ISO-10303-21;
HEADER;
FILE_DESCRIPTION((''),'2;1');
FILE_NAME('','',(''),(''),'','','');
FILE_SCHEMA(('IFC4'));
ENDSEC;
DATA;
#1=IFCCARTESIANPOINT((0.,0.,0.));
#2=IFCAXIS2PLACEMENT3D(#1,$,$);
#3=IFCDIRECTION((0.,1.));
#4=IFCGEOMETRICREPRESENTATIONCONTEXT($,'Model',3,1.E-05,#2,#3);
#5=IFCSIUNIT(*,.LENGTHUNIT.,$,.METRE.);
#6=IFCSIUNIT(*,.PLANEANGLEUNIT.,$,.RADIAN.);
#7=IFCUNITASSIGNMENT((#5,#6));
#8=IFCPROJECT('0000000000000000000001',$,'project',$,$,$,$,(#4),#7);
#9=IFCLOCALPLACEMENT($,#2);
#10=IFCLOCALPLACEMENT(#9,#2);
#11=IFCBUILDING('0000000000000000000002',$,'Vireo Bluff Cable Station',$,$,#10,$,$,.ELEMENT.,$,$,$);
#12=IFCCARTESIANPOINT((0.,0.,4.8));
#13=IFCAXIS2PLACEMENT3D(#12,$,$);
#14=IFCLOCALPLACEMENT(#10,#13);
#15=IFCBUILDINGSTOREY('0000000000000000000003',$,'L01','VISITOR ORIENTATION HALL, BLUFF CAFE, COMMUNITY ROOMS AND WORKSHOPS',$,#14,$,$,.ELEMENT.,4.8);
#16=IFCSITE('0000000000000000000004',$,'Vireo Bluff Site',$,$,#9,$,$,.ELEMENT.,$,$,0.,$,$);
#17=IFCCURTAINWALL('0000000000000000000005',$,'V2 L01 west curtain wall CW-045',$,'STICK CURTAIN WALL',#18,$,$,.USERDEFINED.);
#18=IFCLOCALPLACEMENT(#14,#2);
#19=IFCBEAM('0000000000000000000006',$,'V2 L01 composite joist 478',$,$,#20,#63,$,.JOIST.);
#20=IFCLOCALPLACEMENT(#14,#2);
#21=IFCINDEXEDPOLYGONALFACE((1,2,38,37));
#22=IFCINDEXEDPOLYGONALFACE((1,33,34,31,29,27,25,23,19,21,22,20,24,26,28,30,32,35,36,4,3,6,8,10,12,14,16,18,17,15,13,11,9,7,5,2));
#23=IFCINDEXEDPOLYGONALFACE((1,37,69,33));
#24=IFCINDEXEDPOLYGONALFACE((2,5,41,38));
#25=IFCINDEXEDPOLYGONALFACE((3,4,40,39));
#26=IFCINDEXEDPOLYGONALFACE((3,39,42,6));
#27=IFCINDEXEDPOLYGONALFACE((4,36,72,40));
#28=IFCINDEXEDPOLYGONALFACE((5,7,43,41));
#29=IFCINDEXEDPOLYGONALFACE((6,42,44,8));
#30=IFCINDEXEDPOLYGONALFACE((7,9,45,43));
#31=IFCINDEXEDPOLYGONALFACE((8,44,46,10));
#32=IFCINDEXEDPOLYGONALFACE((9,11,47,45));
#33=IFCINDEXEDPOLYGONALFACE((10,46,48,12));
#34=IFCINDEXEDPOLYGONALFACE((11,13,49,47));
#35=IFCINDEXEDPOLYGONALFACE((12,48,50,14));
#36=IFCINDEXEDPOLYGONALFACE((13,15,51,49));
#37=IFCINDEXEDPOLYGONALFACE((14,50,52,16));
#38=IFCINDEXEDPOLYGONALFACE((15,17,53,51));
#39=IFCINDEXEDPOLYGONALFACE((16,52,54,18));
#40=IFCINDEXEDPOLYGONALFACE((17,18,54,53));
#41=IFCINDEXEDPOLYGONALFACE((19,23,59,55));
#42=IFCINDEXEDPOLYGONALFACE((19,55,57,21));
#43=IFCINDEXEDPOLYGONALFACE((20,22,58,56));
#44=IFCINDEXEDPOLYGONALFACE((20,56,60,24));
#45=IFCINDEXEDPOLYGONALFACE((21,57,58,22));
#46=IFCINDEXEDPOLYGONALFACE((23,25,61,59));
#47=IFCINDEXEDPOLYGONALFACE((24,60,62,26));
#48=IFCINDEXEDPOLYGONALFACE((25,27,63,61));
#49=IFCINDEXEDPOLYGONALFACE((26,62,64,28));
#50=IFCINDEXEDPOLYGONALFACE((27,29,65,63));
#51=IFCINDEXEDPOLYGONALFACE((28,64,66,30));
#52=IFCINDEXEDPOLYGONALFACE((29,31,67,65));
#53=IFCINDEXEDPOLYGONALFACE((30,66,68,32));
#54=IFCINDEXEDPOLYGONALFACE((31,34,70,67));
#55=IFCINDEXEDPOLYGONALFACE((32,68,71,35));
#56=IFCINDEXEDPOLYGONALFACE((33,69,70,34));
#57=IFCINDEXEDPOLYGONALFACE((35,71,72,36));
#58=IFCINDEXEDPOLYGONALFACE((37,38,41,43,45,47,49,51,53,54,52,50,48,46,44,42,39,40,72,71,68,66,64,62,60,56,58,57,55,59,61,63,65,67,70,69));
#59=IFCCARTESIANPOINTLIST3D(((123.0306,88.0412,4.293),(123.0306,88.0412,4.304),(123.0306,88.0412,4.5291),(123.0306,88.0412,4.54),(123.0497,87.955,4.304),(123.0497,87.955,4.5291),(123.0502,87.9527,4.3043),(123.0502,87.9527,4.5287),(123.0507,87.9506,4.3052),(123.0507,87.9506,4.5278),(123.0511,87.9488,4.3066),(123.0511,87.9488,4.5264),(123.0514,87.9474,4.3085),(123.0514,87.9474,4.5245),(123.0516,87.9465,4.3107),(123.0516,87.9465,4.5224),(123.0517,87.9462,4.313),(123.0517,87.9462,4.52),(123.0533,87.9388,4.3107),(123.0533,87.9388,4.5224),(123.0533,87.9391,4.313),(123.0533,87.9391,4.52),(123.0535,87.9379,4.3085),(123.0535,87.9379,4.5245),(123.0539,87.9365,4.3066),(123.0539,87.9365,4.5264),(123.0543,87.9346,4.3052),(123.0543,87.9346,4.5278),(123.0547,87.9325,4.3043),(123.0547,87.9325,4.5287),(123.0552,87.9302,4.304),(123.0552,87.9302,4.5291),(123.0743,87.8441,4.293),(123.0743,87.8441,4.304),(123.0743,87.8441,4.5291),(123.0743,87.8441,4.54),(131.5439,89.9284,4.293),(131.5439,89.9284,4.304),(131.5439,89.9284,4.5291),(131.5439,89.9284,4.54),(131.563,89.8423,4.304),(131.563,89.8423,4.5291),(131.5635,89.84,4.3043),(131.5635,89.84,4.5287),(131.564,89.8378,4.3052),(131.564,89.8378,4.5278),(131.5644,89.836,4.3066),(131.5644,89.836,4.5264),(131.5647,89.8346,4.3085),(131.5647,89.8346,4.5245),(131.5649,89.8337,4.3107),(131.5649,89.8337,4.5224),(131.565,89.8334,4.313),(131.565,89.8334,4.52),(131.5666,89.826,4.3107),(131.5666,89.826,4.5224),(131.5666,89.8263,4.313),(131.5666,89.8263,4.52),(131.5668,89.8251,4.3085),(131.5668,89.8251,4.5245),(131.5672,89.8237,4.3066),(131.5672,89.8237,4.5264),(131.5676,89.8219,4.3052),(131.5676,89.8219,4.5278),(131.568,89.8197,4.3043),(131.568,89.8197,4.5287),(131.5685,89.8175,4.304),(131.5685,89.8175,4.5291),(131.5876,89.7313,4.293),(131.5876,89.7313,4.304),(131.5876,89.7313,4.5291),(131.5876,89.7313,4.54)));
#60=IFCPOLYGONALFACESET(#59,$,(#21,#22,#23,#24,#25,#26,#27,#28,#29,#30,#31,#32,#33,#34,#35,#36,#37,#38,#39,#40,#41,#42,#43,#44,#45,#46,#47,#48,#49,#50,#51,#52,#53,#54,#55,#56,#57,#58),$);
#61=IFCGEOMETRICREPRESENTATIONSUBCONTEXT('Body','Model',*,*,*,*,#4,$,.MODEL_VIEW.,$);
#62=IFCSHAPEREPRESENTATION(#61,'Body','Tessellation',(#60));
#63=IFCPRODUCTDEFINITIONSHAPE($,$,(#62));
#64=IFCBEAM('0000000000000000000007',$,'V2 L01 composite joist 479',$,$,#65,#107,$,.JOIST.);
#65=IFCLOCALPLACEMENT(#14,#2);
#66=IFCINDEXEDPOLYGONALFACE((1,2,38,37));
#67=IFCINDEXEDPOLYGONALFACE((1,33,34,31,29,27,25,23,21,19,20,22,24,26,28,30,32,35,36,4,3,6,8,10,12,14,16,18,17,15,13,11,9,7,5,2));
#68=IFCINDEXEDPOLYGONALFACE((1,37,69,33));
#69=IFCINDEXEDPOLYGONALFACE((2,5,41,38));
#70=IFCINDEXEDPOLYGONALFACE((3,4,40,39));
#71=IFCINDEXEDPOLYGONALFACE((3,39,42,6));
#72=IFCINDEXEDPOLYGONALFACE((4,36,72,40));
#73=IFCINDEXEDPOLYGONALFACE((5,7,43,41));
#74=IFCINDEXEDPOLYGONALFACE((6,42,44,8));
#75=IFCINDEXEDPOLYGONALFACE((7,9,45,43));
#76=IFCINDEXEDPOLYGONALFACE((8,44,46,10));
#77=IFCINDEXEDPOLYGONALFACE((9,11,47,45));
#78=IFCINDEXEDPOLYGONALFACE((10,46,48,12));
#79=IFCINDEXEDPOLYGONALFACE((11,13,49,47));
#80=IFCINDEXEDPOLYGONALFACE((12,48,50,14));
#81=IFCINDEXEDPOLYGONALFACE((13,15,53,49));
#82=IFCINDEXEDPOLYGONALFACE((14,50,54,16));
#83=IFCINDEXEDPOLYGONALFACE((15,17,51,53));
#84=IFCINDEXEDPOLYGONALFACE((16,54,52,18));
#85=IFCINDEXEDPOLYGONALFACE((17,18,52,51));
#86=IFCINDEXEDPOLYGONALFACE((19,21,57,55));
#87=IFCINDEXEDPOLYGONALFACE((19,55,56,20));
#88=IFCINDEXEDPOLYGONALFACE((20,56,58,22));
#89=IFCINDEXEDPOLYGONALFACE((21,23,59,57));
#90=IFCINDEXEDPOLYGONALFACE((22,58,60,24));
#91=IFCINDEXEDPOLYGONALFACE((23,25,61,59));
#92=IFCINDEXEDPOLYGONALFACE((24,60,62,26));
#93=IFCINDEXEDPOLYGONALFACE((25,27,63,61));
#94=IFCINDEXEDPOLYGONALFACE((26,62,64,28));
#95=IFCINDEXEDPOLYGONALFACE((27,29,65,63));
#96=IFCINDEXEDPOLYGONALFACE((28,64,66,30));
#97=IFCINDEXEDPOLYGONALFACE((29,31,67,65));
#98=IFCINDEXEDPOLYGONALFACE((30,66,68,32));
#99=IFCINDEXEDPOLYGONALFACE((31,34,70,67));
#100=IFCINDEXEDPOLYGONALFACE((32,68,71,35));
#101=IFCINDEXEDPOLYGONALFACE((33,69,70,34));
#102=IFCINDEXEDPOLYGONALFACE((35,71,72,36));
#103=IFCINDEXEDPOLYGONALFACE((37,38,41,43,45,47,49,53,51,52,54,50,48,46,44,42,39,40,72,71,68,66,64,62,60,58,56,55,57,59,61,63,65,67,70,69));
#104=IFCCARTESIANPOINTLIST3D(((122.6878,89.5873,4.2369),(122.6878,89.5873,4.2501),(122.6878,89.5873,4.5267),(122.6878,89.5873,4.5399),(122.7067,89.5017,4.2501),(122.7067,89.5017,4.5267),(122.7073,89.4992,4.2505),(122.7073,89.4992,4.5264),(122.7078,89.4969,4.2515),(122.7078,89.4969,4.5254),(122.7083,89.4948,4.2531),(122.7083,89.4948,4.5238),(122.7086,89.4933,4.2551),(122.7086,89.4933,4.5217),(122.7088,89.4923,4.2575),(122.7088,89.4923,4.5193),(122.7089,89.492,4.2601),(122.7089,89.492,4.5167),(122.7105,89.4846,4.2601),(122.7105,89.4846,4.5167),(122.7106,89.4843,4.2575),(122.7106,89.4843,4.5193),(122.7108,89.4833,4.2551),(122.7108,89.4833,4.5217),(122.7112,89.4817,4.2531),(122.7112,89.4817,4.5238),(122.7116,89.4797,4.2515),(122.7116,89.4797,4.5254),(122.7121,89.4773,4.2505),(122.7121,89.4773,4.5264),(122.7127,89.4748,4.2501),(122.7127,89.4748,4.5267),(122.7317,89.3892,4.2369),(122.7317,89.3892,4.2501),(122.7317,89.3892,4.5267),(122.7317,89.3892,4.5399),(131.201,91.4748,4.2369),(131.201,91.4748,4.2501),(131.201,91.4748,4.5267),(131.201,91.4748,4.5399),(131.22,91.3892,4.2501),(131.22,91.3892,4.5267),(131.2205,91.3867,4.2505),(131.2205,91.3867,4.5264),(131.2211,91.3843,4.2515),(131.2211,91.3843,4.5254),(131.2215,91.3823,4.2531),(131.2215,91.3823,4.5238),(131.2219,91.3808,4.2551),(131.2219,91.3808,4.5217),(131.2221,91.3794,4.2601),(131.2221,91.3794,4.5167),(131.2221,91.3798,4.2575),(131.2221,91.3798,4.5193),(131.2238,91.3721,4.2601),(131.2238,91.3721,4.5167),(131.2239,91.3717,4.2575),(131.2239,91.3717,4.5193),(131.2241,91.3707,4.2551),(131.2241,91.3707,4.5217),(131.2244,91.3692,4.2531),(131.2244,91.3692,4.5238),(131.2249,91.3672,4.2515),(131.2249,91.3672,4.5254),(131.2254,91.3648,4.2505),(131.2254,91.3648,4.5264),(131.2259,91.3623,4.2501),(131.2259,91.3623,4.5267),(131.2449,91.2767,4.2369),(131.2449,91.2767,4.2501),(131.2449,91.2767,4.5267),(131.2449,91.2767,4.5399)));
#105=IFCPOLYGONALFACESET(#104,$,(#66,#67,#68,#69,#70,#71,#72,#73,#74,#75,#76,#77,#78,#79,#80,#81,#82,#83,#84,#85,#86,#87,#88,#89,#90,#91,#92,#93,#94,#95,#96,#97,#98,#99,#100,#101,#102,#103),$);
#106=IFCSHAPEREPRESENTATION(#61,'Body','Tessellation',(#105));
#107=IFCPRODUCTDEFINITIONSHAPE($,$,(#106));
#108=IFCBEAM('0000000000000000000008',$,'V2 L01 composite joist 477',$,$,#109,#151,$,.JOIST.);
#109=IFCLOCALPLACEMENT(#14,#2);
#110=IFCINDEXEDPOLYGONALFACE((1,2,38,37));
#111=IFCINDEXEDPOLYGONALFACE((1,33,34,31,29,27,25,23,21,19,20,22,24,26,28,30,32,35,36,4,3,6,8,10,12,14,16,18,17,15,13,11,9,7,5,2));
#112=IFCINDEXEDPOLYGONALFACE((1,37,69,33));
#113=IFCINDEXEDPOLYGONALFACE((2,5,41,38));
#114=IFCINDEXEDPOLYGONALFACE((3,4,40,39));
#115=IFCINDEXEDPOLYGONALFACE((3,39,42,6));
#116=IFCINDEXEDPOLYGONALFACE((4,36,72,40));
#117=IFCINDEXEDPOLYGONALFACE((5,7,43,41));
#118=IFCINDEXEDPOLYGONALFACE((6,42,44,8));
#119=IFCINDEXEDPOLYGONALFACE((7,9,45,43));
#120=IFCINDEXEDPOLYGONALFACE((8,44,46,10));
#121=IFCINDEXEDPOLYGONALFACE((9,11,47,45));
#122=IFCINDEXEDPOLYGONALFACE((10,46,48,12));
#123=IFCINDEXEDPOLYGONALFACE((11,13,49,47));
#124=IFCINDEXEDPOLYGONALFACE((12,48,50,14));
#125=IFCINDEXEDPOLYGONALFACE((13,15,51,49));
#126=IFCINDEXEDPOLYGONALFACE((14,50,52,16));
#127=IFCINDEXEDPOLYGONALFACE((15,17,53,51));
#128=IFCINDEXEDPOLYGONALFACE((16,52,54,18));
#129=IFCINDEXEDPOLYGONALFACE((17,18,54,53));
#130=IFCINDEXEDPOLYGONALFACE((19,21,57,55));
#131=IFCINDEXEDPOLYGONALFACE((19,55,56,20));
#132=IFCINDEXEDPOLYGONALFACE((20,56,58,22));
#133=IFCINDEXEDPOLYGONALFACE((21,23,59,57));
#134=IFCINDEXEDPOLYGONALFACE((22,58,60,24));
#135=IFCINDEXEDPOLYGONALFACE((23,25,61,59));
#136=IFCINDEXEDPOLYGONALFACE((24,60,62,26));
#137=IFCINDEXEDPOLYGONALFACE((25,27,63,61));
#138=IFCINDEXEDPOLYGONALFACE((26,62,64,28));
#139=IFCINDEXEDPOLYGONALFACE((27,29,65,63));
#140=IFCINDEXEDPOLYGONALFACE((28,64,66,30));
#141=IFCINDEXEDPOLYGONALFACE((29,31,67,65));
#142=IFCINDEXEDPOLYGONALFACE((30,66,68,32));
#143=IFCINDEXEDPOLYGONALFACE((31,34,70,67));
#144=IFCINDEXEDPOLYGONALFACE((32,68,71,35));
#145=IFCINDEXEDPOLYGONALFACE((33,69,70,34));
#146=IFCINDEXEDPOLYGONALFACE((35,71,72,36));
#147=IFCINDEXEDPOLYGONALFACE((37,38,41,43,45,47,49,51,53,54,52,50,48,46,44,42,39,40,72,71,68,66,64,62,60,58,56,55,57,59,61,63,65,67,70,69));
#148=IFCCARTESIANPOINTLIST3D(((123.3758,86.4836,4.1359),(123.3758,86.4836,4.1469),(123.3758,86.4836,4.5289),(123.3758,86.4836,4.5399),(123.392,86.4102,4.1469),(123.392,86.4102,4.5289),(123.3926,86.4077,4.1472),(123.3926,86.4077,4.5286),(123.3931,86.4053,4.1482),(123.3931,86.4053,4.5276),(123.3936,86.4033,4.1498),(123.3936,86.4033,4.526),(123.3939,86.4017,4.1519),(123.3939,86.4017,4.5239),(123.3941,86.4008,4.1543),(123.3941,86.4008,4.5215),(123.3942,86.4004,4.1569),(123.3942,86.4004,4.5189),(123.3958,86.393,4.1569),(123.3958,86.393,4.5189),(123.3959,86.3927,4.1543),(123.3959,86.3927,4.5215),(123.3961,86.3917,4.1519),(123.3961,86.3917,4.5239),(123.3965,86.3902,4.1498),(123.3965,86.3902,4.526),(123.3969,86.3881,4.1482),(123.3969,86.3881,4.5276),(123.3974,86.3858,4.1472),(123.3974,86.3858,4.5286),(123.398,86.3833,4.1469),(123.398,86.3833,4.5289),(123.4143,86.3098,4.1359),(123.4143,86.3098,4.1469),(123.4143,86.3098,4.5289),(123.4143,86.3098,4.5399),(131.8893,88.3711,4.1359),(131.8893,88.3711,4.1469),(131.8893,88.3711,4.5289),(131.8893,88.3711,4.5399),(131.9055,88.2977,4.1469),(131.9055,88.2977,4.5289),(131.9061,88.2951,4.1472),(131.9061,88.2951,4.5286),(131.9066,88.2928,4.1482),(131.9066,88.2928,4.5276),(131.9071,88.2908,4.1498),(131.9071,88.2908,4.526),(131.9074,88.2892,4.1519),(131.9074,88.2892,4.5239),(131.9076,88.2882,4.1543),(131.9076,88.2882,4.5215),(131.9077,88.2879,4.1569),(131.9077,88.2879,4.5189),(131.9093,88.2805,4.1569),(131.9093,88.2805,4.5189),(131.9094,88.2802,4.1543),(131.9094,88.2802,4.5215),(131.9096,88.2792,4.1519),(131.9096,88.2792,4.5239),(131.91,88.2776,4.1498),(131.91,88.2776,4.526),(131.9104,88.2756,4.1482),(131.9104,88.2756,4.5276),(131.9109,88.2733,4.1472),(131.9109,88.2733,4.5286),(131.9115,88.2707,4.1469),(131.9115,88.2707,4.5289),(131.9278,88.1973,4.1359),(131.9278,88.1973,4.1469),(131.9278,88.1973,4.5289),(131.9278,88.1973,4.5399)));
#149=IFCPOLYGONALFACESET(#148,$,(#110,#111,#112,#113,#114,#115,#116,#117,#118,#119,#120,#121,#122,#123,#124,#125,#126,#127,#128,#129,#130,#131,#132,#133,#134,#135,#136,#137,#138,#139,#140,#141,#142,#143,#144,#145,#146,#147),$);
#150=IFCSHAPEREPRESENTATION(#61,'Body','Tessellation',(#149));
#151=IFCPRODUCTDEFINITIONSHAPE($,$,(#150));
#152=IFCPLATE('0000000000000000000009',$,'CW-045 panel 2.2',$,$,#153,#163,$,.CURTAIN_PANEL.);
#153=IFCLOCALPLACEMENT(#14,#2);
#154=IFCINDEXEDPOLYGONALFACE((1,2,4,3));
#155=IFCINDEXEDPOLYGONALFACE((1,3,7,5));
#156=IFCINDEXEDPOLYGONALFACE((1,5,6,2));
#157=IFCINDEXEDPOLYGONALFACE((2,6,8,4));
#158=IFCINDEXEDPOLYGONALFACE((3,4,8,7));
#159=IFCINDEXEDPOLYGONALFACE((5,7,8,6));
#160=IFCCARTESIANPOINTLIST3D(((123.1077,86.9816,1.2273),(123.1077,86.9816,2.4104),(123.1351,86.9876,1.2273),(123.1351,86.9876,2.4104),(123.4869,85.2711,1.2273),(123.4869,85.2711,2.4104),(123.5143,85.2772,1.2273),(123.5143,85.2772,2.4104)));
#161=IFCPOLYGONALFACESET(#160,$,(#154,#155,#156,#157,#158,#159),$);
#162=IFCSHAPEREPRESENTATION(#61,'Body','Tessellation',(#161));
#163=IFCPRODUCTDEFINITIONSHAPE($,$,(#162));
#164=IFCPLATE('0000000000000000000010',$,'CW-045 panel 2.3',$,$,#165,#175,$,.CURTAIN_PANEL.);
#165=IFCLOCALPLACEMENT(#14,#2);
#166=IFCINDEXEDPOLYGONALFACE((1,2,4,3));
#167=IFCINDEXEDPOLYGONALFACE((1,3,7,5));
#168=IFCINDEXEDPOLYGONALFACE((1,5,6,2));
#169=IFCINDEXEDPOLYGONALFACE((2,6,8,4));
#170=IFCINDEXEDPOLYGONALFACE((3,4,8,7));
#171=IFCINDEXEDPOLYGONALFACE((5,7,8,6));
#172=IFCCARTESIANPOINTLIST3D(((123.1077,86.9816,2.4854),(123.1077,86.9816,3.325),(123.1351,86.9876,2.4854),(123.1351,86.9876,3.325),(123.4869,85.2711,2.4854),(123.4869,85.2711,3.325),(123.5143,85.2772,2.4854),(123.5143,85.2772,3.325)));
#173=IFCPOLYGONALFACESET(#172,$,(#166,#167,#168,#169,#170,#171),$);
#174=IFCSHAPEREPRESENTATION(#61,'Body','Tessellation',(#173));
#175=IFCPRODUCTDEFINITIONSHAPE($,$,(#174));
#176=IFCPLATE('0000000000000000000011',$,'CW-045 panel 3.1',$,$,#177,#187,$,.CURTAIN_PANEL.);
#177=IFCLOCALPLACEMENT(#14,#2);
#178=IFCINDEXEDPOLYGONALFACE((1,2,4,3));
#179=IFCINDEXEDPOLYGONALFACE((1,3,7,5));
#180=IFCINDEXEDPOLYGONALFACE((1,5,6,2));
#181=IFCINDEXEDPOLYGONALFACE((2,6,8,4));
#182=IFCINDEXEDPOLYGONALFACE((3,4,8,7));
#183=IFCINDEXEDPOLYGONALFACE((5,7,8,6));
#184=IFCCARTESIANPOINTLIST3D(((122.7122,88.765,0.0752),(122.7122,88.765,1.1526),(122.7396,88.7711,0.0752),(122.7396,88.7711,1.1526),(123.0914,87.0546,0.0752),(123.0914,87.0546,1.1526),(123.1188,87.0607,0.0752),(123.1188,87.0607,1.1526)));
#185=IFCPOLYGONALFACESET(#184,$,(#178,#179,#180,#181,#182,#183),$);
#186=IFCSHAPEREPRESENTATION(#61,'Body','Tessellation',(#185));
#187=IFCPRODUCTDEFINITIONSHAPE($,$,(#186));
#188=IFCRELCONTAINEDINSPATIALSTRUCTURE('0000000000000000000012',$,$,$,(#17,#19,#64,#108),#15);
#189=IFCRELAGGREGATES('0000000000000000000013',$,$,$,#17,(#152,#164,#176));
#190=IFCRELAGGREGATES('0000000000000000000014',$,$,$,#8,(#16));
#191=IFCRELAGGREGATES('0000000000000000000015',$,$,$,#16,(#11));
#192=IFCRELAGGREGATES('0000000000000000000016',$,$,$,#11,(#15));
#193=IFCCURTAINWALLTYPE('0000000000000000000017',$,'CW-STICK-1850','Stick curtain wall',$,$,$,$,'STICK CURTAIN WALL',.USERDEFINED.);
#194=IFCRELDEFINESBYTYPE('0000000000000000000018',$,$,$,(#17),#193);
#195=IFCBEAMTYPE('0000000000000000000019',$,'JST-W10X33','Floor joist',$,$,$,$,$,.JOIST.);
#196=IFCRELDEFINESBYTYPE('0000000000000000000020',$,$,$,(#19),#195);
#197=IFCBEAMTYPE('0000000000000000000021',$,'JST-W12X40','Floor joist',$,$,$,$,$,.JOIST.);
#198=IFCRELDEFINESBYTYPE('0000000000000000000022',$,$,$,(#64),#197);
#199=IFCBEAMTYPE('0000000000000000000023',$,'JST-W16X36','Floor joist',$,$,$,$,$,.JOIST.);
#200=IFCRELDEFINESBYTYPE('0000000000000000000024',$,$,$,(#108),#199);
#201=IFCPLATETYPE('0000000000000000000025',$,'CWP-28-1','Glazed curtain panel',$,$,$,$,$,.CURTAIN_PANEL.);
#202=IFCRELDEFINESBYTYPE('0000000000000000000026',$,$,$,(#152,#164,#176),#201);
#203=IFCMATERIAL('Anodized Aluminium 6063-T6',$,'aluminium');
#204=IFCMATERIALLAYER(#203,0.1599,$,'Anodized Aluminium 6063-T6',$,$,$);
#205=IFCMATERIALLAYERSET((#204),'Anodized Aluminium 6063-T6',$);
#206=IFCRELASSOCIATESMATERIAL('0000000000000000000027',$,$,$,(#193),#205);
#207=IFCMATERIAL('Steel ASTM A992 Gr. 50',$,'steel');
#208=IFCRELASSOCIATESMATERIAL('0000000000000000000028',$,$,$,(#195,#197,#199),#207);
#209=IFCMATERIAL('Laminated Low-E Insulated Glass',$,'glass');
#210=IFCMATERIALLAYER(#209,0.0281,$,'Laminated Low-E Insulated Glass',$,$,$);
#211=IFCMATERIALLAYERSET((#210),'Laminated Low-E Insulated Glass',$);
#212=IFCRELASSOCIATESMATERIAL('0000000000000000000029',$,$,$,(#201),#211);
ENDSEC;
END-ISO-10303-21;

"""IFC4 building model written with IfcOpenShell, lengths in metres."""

from ifc_helpers import new_model, si_unit, direction, frame, origin, origin_2d, place, context, subcontext, project, spatial, rectangle, i_section, extrude, material, layer, layer_set, material_profile, profile_set, type_object, element, aggregate, save


model = new_model("IFC4")

# Units and contexts
model_context = context("Model", 3, precision=1e-05, world=origin(), true_north=direction((0.0, 1.0)))
body_context = subcontext(model_context, "Body", "Model", "MODEL_VIEW")
ifc_project = project(units=[si_unit("LENGTHUNIT", "METRE"), si_unit("PLANEANGLEUNIT", "RADIAN")], contexts=[model_context])

# Site, building, storey
site_placement = place(None, origin())
site = spatial("IfcSite", under=ifc_project, at=site_placement, Name="Vireo Bluff Site", CompositionType="ELEMENT", RefElevation=0.0)
building_placement = place(site_placement, origin())
building = spatial("IfcBuilding", under=site, at=building_placement, Name="Vireo Bluff Cable Station", CompositionType="ELEMENT")
storey_placement = place(building_placement, frame((0.0, 0.0, 4.8)))
storey = spatial("IfcBuildingStorey", under=building, at=storey_placement, Name="L01", Description="VISITOR ORIENTATION HALL, BLUFF CAFE, COMMUNITY ROOMS AND WORKSHOPS", CompositionType="ELEMENT", Elevation=4.8)

# Curtain wall
ifc_material_1 = material(Name="Anodized Aluminium 6063-T6", Category="aluminium")
ifc_layer_1 = layer(ifc_material_1, 0.1599, Name="Anodized Aluminium 6063-T6")
ifc_layer_set_1 = layer_set([ifc_layer_1], Name="Anodized Aluminium 6063-T6")
curtain_wall_type = type_object("IfcCurtainWallType", Name="CW-STICK-1850", Description="Stick curtain wall", ElementType="STICK CURTAIN WALL", PredefinedType="USERDEFINED", material=ifc_layer_set_1)
curtain_wall_placement = place(storey_placement, origin())
curtain_wall = element("IfcCurtainWall", 1, at=curtain_wall_placement, inside=storey, type_object=curtain_wall_type, Name="V2 L01 west curtain wall CW-045", ObjectType="STICK CURTAIN WALL", PredefinedType="USERDEFINED")

# Beams
ifc_material_2 = material(Name="Steel ASTM A992 Gr. 50", Category="steel")
ifc_material_profile_1 = material_profile(ifc_material_2, i_section(OverallWidth=0.2019, OverallDepth=0.2471, WebThickness=0.0073, FlangeThickness=0.011, FilletRadius=0.009, at=origin_2d()), Name="W10X33")
ifc_profile_set_1 = profile_set([ifc_material_profile_1], Name="Steel ASTM A992 Gr. 50")
beam_type_1 = type_object("IfcBeamType", Name="JST-W10X33", Description="Floor joist", PredefinedType="JOIST", material=ifc_profile_set_1)
beam_1_placement = place(storey_placement, frame((123.0525, 87.9426, 4.4165), z_axis=(0.976299, 0.216426, 0.0), x_axis=(-0.216426, 0.976299, 0.0)))
element("IfcBeam", 2, at=beam_1_placement, inside=storey, type_object=beam_type_1, Name="V2 L01 composite joist 478", PredefinedType="JOIST", context=body_context, shape_type="SweptSolid", body=[
    extrude(i_section(OverallWidth=0.2019, OverallDepth=0.2471, WebThickness=0.0073, FlangeThickness=0.011, FilletRadius=0.009, at=origin_2d()), origin(), (0.0, 0.0, 1.0), 8.72),
])
ifc_material_profile_2 = material_profile(ifc_material_2, i_section(OverallWidth=0.2029, OverallDepth=0.303, WebThickness=0.0076, FlangeThickness=0.0132, FilletRadius=0.01, at=origin_2d()), Name="W12X40")
ifc_profile_set_2 = profile_set([ifc_material_profile_2], Name="Steel ASTM A992 Gr. 50")
beam_type_2 = type_object("IfcBeamType", Name="JST-W12X40", Description="Floor joist", PredefinedType="JOIST", material=ifc_profile_set_2)
beam_2_placement = place(storey_placement, frame((122.7097, 89.4883, 4.3884), z_axis=(0.976293, 0.216453, 0.0), x_axis=(-0.216453, 0.976293, 0.0)))
element("IfcBeam", 3, at=beam_2_placement, inside=storey, type_object=beam_type_2, Name="V2 L01 composite joist 479", PredefinedType="JOIST", context=body_context, shape_type="SweptSolid", body=[
    extrude(i_section(OverallWidth=0.2029, OverallDepth=0.303, WebThickness=0.0076, FlangeThickness=0.0132, FilletRadius=0.01, at=origin_2d()), origin(), (0.0, 0.0, 1.0), 8.72),
])
ifc_material_profile_3 = material_profile(ifc_material_2, i_section(OverallWidth=0.178, OverallDepth=0.4041, WebThickness=0.0076, FlangeThickness=0.011, FilletRadius=0.01, at=origin_2d()), Name="W16X36")
ifc_profile_set_3 = profile_set([ifc_material_profile_3], Name="Steel ASTM A992 Gr. 50")
beam_type_3 = type_object("IfcBeamType", Name="JST-W16X36", Description="Floor joist", PredefinedType="JOIST", material=ifc_profile_set_3)
beam_3_placement = place(storey_placement, frame((123.395, 86.3967, 4.3379), z_axis=(0.976294, 0.216447, 0.0), x_axis=(-0.216447, 0.976294, 0.0)))
element("IfcBeam", 4, at=beam_3_placement, inside=storey, type_object=beam_type_3, Name="V2 L01 composite joist 477", PredefinedType="JOIST", context=body_context, shape_type="SweptSolid", body=[
    extrude(i_section(OverallWidth=0.178, OverallDepth=0.4041, WebThickness=0.0076, FlangeThickness=0.011, FilletRadius=0.01, at=origin_2d()), origin(), (0.0, 0.0, 1.0), 8.7202),
])

# Plates
ifc_material_3 = material(Name="Laminated Low-E Insulated Glass", Category="glass")
ifc_layer_2 = layer(ifc_material_3, 0.0281, Name="Laminated Low-E Insulated Glass")
ifc_layer_set_2 = layer_set([ifc_layer_2], Name="Laminated Low-E Insulated Glass")
plate_type = type_object("IfcPlateType", Name="CWP-28-1", Description="Glazed curtain panel", PredefinedType="CURTAIN_PANEL", material=ifc_layer_set_2)
plate_1_placement = place(storey_placement, frame((123.311, 86.1294, 1.2273), z_axis=(0.0, 0.0, 1.0), x_axis=(-0.21644, 0.976296, 0.0)))
plate_1 = element("IfcPlate", 5, at=plate_1_placement, type_object=plate_type, Name="CW-045 panel 2.2", PredefinedType="CURTAIN_PANEL", context=body_context, shape_type="SweptSolid", body=[
    extrude(rectangle(XDim=1.752, YDim=0.0281, at=origin_2d()), origin(), (0.0, 0.0, 1.0), 1.1831),
])
plate_2_placement = place(storey_placement, frame((123.311, 86.1294, 2.4854), z_axis=(0.0, 0.0, 1.0), x_axis=(-0.21644, 0.976296, 0.0)))
plate_2 = element("IfcPlate", 6, at=plate_2_placement, type_object=plate_type, Name="CW-045 panel 2.3", PredefinedType="CURTAIN_PANEL", context=body_context, shape_type="SweptSolid", body=[
    extrude(rectangle(XDim=1.752, YDim=0.0281, at=origin_2d()), origin(), (0.0, 0.0, 1.0), 0.8396),
])
plate_3_placement = place(storey_placement, frame((122.9155, 87.9128, 0.0752), z_axis=(0.0, 0.0, 1.0), x_axis=(-0.21644, 0.976296, 0.0)))
plate_3 = element("IfcPlate", 7, at=plate_3_placement, type_object=plate_type, Name="CW-045 panel 3.1", PredefinedType="CURTAIN_PANEL", context=body_context, shape_type="SweptSolid", body=[
    extrude(rectangle(XDim=1.752, YDim=0.0281, at=origin_2d()), origin(), (0.0, 0.0, 1.0), 1.0774),
])
aggregate(curtain_wall, [plate_1, plate_2, plate_3])

save(model, "model.ifc")
